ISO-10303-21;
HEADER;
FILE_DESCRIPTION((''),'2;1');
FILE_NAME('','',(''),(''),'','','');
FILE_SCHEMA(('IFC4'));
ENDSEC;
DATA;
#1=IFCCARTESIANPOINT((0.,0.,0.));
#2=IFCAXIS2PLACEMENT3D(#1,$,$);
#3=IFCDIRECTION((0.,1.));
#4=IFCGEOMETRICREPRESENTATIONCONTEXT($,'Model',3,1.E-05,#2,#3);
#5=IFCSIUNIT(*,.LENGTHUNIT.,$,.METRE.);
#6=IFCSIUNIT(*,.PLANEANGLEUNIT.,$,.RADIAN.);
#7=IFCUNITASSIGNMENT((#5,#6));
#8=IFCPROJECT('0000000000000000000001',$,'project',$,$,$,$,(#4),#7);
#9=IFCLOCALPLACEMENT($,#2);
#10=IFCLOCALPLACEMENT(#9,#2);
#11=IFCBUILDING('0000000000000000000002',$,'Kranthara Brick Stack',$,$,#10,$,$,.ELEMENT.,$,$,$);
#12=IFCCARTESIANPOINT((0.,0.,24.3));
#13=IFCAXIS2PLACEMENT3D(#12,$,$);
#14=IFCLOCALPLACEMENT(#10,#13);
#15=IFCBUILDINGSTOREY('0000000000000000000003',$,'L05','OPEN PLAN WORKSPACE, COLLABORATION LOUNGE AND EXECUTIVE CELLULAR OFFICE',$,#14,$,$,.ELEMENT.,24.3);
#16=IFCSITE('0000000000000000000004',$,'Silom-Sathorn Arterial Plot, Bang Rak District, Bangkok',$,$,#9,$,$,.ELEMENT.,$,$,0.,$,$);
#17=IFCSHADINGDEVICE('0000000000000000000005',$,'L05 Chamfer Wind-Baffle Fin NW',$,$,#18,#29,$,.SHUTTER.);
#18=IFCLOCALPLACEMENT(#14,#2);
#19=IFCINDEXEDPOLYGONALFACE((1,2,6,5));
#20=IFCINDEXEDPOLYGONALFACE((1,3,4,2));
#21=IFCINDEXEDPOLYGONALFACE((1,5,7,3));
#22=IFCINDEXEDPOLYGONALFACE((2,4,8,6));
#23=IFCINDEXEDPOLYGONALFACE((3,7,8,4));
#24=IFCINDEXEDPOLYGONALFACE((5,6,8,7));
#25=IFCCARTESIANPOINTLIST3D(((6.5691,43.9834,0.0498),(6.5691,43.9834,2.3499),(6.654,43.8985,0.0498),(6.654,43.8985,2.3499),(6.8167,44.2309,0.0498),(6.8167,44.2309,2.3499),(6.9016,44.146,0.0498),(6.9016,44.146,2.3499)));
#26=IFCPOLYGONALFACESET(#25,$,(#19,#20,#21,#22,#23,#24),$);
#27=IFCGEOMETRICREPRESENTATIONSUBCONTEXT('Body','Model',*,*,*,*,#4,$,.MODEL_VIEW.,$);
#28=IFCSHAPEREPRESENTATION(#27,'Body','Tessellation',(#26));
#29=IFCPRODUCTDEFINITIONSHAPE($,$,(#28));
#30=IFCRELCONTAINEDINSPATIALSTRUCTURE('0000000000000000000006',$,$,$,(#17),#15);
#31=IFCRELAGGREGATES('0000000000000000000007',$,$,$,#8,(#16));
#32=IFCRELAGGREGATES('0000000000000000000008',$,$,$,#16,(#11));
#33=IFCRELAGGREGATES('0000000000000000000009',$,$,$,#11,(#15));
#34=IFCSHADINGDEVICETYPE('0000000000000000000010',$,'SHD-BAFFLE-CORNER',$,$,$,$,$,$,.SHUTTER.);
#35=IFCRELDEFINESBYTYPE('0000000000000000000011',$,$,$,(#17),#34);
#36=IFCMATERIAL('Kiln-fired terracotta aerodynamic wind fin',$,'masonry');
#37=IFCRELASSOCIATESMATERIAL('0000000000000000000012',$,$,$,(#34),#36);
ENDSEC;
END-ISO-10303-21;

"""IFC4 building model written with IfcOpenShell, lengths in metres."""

from ifc_helpers import new_model, si_unit, direction, frame, origin, origin_2d, place, context, subcontext, project, spatial, rectangle, extrude, material, type_object, element, save


model = new_model("IFC4")

# Units and contexts
model_context = context("Model", 3, precision=1e-05, world=origin(), true_north=direction((0.0, 1.0)))
body_context = subcontext(model_context, "Body", "Model", "MODEL_VIEW")
ifc_project = project(units=[si_unit("LENGTHUNIT", "METRE"), si_unit("PLANEANGLEUNIT", "RADIAN")], contexts=[model_context])

# Site, building, storey
site_placement = place(None, origin())
site = spatial("IfcSite", under=ifc_project, at=site_placement, Name="Silom-Sathorn Arterial Plot, Bang Rak District, Bangkok", CompositionType="ELEMENT", RefElevation=0.0)
building_placement = place(site_placement, origin())
building = spatial("IfcBuilding", under=site, at=building_placement, Name="Kranthara Brick Stack", CompositionType="ELEMENT")
storey_placement = place(building_placement, frame((0.0, 0.0, 24.3)))
storey = spatial("IfcBuildingStorey", under=building, at=storey_placement, Name="L05", Description="OPEN PLAN WORKSPACE, COLLABORATION LOUNGE AND EXECUTIVE CELLULAR OFFICE", CompositionType="ELEMENT", Elevation=24.3)

# Shading device
ifc_material_1 = material(Name="Kiln-fired terracotta aerodynamic wind fin", Category="masonry")
shading_device_type = type_object("IfcShadingDeviceType", Name="SHD-BAFFLE-CORNER", PredefinedType="SHUTTER", material=ifc_material_1)
shading_device_placement = place(storey_placement, frame((6.7354, 44.0647, 0.0498), z_axis=(0.0, 0.0, 1.0), x_axis=(0.707107, 0.707107, 0.0)))
element("IfcShadingDevice", 1, at=shading_device_placement, inside=storey, type_object=shading_device_type, Name="L05 Chamfer Wind-Baffle Fin NW", PredefinedType="SHUTTER", context=body_context, shape_type="SweptSolid", body=[
    extrude(rectangle(XDim=0.3501, YDim=0.1201, at=origin_2d()), origin(), (0.0, 0.0, 1.0), 2.3),
])

save(model, "model.ifc")
